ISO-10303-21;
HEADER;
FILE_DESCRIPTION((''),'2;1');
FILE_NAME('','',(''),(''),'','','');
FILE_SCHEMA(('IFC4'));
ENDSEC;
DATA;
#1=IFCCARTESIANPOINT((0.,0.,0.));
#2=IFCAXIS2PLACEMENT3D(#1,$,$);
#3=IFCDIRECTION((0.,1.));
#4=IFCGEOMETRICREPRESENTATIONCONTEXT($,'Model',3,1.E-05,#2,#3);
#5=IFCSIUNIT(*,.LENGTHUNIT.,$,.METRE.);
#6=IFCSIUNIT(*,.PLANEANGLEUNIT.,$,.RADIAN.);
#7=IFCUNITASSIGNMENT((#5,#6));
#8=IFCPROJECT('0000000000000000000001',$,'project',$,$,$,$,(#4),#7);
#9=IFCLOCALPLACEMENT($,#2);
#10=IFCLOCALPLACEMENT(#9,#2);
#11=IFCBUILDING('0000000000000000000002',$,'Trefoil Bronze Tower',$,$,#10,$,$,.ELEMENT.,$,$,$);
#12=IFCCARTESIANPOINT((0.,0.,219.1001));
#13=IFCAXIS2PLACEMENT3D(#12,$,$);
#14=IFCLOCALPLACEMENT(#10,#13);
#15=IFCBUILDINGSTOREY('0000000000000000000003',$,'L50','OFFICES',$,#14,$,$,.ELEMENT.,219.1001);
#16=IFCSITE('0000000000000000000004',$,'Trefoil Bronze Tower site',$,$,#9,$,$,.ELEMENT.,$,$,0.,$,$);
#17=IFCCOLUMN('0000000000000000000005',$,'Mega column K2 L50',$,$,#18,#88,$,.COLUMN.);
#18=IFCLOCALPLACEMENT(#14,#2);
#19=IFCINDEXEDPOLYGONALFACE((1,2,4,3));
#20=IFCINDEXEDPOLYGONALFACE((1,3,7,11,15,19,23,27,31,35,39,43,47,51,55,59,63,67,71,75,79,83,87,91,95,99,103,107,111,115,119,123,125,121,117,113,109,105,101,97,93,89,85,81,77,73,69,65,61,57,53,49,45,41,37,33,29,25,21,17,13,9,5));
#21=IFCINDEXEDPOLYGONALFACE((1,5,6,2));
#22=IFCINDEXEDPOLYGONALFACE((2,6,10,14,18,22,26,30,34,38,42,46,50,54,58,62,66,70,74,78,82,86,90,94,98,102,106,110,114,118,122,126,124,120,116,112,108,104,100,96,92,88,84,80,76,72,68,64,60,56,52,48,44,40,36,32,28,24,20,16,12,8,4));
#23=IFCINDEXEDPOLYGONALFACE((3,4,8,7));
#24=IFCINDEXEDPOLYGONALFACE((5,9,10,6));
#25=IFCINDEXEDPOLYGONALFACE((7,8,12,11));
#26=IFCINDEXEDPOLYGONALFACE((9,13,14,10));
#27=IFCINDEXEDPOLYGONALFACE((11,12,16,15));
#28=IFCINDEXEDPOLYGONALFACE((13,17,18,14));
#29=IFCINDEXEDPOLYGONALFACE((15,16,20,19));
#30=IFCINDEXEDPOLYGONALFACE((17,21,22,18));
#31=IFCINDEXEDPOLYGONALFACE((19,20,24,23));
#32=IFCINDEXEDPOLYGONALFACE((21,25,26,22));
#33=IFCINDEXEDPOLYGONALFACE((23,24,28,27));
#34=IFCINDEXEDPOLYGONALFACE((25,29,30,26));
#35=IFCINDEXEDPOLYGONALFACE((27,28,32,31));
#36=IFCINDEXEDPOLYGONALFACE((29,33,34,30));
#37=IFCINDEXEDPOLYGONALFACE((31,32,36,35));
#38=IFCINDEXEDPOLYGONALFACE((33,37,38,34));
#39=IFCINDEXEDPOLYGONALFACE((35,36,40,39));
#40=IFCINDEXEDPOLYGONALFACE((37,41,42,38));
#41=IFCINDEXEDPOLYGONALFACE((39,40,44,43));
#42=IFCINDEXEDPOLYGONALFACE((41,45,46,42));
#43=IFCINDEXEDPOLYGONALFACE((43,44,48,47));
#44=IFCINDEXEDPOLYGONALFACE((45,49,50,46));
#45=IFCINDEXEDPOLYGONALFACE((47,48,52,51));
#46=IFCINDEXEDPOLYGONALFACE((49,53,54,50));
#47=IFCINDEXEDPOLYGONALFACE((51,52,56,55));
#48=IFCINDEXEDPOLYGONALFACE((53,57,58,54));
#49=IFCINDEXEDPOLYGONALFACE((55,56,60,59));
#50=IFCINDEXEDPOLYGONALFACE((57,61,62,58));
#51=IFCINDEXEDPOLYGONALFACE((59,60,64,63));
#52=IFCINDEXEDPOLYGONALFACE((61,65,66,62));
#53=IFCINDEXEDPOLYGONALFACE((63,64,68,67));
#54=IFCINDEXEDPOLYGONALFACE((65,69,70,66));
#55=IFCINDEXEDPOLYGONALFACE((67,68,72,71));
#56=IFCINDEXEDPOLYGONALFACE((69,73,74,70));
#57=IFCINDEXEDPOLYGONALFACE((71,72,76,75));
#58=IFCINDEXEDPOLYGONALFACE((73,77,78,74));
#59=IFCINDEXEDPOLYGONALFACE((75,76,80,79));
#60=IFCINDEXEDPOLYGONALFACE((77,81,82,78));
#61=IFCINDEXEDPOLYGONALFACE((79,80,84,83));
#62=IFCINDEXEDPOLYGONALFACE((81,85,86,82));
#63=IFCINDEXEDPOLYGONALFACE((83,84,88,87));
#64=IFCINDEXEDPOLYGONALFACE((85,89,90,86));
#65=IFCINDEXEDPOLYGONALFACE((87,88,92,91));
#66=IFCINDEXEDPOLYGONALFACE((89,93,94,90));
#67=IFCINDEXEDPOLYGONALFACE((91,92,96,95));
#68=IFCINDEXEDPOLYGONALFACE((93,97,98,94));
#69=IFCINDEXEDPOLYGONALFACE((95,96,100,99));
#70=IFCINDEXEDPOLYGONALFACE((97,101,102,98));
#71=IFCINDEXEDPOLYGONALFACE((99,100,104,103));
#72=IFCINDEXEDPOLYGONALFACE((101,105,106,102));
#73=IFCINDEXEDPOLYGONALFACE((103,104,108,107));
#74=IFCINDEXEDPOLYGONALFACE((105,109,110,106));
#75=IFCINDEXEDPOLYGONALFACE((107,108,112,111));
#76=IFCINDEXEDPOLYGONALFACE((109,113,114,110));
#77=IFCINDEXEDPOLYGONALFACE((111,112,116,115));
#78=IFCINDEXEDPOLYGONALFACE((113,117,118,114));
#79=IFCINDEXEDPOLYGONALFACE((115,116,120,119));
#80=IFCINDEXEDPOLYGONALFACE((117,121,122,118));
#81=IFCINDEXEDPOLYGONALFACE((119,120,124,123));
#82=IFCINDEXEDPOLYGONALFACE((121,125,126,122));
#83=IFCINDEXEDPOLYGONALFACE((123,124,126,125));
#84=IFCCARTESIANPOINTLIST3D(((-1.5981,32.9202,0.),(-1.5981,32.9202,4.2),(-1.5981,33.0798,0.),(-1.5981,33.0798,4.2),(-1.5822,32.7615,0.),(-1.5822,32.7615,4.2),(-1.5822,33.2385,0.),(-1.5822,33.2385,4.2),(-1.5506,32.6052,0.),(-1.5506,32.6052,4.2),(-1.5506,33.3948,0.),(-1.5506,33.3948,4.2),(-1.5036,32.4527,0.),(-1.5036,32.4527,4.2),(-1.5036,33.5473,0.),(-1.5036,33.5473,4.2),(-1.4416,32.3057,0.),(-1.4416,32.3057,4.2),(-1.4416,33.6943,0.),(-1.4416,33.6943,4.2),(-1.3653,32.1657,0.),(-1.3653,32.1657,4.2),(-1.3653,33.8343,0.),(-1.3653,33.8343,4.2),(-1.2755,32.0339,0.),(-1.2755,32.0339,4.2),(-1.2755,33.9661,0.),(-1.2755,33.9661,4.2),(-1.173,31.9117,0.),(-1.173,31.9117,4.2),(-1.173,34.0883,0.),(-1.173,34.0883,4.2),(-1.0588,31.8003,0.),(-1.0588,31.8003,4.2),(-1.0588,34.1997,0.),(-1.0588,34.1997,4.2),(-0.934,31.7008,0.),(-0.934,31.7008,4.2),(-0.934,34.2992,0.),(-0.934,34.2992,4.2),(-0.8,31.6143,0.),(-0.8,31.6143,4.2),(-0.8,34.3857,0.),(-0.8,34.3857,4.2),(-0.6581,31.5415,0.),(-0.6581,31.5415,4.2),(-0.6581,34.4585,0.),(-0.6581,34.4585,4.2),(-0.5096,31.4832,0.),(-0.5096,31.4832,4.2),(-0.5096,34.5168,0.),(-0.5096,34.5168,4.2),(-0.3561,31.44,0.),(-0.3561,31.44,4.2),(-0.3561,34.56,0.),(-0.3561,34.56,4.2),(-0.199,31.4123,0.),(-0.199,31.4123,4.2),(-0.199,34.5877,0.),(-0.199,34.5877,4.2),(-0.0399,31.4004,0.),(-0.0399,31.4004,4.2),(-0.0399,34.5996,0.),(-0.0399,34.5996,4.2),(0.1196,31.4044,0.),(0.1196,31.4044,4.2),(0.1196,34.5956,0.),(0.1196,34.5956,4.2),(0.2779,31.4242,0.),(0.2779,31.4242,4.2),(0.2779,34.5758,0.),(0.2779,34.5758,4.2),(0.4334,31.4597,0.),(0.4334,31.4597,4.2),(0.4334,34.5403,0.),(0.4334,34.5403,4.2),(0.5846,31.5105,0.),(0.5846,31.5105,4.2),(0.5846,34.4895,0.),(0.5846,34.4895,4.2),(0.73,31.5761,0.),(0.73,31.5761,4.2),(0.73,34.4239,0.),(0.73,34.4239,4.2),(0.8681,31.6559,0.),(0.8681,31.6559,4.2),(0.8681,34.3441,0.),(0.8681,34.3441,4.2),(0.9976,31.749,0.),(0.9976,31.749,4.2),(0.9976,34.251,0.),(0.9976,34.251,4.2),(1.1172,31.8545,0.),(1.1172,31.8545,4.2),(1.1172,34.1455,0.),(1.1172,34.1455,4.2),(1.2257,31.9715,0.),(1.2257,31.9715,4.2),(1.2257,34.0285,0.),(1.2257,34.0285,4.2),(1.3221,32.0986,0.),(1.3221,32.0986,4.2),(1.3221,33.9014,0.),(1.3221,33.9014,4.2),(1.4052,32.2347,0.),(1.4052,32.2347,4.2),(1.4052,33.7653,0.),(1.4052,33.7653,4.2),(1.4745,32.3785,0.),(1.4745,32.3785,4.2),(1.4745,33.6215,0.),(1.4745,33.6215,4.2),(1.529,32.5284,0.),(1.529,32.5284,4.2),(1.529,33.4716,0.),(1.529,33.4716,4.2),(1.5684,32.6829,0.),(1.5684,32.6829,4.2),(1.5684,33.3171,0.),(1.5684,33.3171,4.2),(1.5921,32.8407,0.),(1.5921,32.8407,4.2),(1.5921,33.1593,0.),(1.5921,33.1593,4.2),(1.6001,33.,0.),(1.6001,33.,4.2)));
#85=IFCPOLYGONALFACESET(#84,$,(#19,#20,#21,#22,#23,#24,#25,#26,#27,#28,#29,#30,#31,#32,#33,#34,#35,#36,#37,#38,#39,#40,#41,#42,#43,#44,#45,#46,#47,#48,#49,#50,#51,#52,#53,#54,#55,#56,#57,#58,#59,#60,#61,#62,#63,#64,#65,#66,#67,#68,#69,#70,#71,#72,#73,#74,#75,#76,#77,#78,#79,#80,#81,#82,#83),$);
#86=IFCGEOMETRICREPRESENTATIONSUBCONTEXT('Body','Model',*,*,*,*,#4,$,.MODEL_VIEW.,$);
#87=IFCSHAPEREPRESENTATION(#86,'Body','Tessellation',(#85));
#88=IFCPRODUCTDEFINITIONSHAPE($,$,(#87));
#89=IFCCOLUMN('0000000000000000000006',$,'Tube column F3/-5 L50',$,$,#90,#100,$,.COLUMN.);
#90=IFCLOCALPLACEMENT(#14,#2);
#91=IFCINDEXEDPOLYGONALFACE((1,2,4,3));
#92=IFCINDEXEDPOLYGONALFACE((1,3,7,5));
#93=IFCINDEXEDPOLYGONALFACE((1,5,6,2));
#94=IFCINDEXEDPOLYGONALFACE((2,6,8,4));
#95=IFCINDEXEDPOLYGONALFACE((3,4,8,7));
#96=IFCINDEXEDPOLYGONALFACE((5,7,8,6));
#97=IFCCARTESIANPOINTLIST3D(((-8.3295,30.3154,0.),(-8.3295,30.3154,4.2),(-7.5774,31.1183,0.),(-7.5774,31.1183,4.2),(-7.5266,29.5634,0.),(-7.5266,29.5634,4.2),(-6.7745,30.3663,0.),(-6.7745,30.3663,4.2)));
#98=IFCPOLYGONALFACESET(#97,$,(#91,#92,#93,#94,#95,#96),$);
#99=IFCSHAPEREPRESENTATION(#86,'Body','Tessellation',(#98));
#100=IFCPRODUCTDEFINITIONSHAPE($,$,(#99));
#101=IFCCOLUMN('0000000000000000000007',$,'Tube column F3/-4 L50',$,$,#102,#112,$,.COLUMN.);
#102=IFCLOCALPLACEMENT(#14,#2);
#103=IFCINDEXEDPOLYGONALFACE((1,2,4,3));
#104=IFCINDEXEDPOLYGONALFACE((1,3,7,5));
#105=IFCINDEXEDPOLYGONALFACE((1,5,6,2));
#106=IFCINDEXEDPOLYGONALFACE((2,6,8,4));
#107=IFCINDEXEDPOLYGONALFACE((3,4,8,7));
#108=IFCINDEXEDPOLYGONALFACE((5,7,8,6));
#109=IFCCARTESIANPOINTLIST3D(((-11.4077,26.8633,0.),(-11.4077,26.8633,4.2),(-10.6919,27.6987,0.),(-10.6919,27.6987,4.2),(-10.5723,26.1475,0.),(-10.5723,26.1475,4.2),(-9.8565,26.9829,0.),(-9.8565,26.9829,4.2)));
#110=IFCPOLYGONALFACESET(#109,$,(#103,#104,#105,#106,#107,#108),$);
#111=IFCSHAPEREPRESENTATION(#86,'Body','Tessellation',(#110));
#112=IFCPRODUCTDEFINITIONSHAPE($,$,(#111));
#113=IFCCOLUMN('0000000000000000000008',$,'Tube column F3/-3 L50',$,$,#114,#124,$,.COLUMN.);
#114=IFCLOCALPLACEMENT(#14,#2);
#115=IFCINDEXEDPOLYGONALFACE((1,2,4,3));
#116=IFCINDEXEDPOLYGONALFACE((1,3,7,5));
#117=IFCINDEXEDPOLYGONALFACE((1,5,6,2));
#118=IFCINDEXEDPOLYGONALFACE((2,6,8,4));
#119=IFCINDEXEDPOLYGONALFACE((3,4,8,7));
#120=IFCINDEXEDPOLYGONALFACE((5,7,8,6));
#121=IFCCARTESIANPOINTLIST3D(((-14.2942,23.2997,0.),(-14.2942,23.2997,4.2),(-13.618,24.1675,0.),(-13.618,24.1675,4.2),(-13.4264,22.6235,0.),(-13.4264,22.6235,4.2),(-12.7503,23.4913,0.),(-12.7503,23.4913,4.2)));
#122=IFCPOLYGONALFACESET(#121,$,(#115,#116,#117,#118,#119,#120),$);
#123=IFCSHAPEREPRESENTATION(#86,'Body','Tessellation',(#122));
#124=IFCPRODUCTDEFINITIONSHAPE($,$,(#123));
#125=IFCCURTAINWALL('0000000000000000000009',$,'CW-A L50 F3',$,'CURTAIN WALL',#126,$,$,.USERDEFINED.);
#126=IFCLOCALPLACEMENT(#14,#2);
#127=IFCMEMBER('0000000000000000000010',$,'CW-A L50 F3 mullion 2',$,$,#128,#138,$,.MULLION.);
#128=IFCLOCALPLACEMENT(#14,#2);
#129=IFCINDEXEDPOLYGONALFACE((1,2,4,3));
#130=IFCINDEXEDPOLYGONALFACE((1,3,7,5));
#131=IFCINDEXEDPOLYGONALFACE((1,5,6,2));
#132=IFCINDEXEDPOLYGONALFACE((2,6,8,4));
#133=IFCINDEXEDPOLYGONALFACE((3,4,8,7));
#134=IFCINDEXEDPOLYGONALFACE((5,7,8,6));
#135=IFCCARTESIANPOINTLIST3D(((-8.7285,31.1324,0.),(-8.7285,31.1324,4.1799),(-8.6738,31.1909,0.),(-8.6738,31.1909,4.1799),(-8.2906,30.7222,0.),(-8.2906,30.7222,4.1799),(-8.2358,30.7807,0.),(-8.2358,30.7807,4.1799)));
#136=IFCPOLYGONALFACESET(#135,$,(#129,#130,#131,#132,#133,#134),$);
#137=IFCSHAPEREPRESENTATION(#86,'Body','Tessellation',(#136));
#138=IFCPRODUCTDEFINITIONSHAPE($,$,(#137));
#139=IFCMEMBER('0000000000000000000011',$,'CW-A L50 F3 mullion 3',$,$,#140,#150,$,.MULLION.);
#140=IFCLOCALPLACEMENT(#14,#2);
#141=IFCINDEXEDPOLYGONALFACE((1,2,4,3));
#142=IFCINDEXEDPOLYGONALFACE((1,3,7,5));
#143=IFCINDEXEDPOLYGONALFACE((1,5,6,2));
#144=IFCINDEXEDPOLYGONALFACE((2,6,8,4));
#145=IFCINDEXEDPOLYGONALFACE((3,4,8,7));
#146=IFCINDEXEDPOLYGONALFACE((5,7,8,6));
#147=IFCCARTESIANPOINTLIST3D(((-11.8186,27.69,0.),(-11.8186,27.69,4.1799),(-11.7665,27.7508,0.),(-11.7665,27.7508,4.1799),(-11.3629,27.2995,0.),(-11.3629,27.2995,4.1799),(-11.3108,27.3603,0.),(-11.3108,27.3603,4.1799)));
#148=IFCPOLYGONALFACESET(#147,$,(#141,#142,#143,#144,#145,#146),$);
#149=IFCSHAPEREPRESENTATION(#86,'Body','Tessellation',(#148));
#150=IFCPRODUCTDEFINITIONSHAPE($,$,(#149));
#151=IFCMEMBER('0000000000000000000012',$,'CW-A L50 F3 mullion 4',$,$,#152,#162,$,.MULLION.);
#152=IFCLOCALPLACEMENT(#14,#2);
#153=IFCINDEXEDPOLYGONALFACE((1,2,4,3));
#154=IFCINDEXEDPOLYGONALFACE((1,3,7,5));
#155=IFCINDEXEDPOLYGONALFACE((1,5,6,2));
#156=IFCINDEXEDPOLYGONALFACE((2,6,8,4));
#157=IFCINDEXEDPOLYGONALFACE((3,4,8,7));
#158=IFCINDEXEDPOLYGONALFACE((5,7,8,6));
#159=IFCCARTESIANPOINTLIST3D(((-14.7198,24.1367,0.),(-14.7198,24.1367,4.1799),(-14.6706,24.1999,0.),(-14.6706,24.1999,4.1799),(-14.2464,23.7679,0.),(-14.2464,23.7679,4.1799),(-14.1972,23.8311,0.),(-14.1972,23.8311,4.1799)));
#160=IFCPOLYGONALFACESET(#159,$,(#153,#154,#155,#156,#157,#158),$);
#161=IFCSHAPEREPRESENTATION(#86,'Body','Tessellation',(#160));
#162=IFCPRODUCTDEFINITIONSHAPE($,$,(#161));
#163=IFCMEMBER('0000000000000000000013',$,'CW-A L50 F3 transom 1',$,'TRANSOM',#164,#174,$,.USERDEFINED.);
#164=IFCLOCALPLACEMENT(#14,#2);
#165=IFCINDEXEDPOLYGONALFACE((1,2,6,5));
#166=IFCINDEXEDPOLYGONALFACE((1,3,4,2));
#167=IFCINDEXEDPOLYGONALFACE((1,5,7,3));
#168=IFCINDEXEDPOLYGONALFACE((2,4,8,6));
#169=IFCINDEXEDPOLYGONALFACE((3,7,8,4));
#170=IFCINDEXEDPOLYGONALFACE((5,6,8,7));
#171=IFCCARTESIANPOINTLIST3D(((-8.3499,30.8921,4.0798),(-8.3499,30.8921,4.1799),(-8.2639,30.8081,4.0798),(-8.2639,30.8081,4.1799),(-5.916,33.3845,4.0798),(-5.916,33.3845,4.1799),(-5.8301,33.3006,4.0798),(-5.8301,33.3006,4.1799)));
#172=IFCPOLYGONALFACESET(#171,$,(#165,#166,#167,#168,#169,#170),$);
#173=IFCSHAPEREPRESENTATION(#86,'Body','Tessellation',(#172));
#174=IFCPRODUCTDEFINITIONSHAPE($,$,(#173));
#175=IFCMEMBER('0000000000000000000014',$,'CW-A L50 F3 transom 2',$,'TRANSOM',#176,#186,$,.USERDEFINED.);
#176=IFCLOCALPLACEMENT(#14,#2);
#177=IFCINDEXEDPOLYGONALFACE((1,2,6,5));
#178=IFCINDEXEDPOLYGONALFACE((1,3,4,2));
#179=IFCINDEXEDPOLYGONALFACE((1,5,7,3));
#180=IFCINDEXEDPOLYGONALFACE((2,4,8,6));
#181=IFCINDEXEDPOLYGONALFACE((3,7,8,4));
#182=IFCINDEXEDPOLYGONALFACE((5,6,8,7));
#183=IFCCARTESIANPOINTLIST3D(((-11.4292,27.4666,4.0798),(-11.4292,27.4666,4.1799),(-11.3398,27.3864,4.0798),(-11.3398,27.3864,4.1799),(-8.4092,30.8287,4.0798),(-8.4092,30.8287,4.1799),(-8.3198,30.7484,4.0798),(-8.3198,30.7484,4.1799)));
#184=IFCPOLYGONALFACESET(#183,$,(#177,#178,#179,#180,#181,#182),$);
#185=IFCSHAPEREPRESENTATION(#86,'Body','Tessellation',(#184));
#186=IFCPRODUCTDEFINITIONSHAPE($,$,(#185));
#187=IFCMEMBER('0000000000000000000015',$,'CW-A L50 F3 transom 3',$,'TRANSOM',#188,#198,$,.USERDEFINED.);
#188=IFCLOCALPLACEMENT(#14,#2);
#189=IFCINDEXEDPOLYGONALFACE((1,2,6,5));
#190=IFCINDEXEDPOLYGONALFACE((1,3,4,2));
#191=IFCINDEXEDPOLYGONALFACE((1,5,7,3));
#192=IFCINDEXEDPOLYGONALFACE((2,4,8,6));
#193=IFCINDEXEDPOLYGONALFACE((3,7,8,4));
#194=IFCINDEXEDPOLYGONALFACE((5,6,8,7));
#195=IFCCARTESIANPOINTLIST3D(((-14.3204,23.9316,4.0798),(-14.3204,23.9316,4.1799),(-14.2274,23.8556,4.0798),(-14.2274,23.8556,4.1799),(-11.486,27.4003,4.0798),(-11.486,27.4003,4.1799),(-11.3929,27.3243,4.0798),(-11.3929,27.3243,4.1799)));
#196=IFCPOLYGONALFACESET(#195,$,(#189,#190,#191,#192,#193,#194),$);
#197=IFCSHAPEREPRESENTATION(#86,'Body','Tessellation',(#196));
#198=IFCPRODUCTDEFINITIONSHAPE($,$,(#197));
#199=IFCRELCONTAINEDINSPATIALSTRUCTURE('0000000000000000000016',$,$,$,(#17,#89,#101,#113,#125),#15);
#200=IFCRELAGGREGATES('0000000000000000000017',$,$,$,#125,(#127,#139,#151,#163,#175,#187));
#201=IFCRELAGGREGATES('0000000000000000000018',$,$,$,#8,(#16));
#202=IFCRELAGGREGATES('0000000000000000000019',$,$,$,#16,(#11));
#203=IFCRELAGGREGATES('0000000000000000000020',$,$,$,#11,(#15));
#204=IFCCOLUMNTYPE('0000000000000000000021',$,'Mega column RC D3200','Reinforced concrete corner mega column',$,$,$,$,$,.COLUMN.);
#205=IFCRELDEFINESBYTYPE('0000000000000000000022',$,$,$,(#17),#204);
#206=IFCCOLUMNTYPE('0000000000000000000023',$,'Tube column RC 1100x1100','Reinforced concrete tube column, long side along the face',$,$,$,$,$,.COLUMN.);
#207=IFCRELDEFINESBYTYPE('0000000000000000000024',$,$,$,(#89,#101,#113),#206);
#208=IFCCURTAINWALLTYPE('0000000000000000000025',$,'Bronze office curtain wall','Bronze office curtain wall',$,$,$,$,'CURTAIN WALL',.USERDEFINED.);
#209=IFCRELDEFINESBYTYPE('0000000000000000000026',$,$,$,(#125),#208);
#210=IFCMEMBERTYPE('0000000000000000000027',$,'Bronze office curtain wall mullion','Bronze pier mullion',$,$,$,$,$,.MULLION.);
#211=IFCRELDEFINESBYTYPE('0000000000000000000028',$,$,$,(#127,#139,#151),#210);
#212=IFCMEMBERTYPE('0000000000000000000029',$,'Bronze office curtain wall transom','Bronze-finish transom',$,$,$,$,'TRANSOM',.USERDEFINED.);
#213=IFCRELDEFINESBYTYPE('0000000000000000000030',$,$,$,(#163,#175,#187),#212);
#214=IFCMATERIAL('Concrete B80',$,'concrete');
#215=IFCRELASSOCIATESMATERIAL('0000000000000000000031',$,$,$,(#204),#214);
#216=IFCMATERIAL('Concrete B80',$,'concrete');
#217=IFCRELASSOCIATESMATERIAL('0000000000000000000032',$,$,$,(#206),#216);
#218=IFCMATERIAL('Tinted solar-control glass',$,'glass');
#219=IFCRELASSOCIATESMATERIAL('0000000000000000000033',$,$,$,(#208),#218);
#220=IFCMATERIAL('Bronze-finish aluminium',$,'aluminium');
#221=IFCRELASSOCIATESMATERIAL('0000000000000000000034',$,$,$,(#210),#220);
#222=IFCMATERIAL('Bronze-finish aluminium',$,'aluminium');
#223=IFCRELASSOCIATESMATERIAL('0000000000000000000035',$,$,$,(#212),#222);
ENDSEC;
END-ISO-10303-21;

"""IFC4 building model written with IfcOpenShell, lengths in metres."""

from ifc_helpers import new_model, si_unit, direction, frame, origin, origin_2d, place, context, subcontext, project, spatial, rectangle, circle, extrude, material, material_profile, profile_set, type_object, element, aggregate, save


model = new_model("IFC4")

# Units and contexts
model_context = context("Model", 3, precision=1e-05, world=origin(), true_north=direction((0.0, 1.0)))
body_context = subcontext(model_context, "Body", "Model", "MODEL_VIEW")
ifc_project = project(units=[si_unit("LENGTHUNIT", "METRE"), si_unit("PLANEANGLEUNIT", "RADIAN")], contexts=[model_context])

# Site, building, storey
site_placement = place(None, origin())
site = spatial("IfcSite", under=ifc_project, at=site_placement, Name="Trefoil Bronze Tower site", CompositionType="ELEMENT", RefElevation=0.0)
building_placement = place(site_placement, origin())
building = spatial("IfcBuilding", under=site, at=building_placement, Name="Trefoil Bronze Tower", CompositionType="ELEMENT")
storey_placement = place(building_placement, frame((0.0, 0.0, 219.1001)))
storey = spatial("IfcBuildingStorey", under=building, at=storey_placement, Name="L50", Description="OFFICES", CompositionType="ELEMENT", Elevation=219.1001)

# Columns
ifc_material_1 = material(Name="Concrete B80", Category="concrete")
ifc_material_profile_1 = material_profile(ifc_material_1, circle(Radius=1.6001, at=origin_2d()), Name="RC D3200")
ifc_profile_set_1 = profile_set([ifc_material_profile_1], Name="Concrete B80")
column_type_1 = type_object("IfcColumnType", Name="Mega column RC D3200", Description="Reinforced concrete corner mega column", PredefinedType="COLUMN", material=ifc_profile_set_1)
column_placement = place(storey_placement, frame((0.0, 33.0, 0.0), z_axis=(0.0, 0.0, 1.0), x_axis=(1.0, 0.0, 0.0)))
element("IfcColumn", 1, at=column_placement, inside=storey, type_object=column_type_1, Name="Mega column K2 L50", PredefinedType="COLUMN", context=body_context, shape_type="SweptSolid", body=[
    extrude(circle(Radius=1.6001, at=origin_2d()), origin(), (0.0, 0.0, 1.0), 4.2),
])
ifc_material_2 = material(Name="Concrete B80", Category="concrete")
ifc_material_profile_2 = material_profile(ifc_material_2, rectangle(XDim=1.1001, YDim=1.1001, at=origin_2d()), Name="RC 1100x1100")
ifc_profile_set_2 = profile_set([ifc_material_profile_2], Name="Concrete B80")
column_type_2 = type_object("IfcColumnType", Name="Tube column RC 1100x1100", Description="Reinforced concrete tube column, long side along the face", PredefinedType="COLUMN", material=ifc_profile_set_2)
for number, where, z_axis, x_axis, name in (
    (2, (-7.552, 30.3408, 0.0), (0.0, 0.0, 1.0), (-0.683597, -0.72986, 0.0), "Tube column F3/-5 L50"),
    (3, (-10.6321, 26.9231, 0.0), (0.0, 0.0, 1.0), (-0.650677, -0.759355, 0.0), "Tube column F3/-4 L50"),
    (4, (-13.5222, 23.3955, 0.0), (0.0, 0.0, 1.0), (-0.614622, -0.788821, 0.0), "Tube column F3/-3 L50"),
):
    element("IfcColumn", number, at=place(storey_placement, frame(where, z_axis=z_axis, x_axis=x_axis)), inside=storey, type_object=column_type_2, Name=name, PredefinedType="COLUMN", context=body_context, shape_type="SweptSolid", body=[
        extrude(rectangle(XDim=1.1001, YDim=1.1001, at=origin_2d()), origin(), (0.0, 0.0, 1.0), 4.2),
    ])

# Curtain wall, members
ifc_material_3 = material(Name="Tinted solar-control glass", Category="glass")
curtain_wall_type_1 = type_object("IfcCurtainWallType", Name="Bronze office curtain wall", Description="Bronze office curtain wall", ElementType="CURTAIN WALL", PredefinedType="USERDEFINED", material=ifc_material_3)
curtain_wall_1_placement = place(storey_placement, origin())
curtain_wall_1 = element("IfcCurtainWall", 5, at=curtain_wall_1_placement, inside=storey, type_object=curtain_wall_type_1, Name="CW-A L50 F3", ObjectType="CURTAIN WALL", PredefinedType="USERDEFINED")
ifc_material_4 = material(Name="Bronze-finish aluminium", Category="aluminium")
ifc_material_profile_3 = material_profile(ifc_material_4, rectangle(XDim=0.6001, YDim=0.0801, at=origin_2d()), Name="CW-A mullion")
ifc_profile_set_3 = profile_set([ifc_material_profile_3], Name="Bronze-finish aluminium")
member_type_1 = type_object("IfcMemberType", Name="Bronze office curtain wall mullion", Description="Bronze pier mullion", PredefinedType="MULLION", material=ifc_profile_set_3)
member_1_placement = place(storey_placement, frame((-8.4822, 30.9565, 0.0), z_axis=(0.0, 0.0, 1.0), x_axis=(0.72986, -0.683597, 0.0)))
member_1 = element("IfcMember", 6, at=member_1_placement, type_object=member_type_1, Name="CW-A L50 F3 mullion 2", PredefinedType="MULLION", context=body_context, shape_type="SweptSolid", body=[
    extrude(rectangle(XDim=0.6001, YDim=0.0801, at=origin_2d()), origin(), (0.0, 0.0, 1.0), 4.1799),
])
member_2_placement = place(storey_placement, frame((-11.5647, 27.5251, 0.0), z_axis=(0.0, 0.0, 1.0), x_axis=(0.759355, -0.650677, 0.0)))
member_2 = element("IfcMember", 7, at=member_2_placement, type_object=member_type_1, Name="CW-A L50 F3 mullion 3", PredefinedType="MULLION", context=body_context, shape_type="SweptSolid", body=[
    extrude(rectangle(XDim=0.6001, YDim=0.0801, at=origin_2d()), origin(), (0.0, 0.0, 1.0), 4.1799),
])
member_3_placement = place(storey_placement, frame((-14.4585, 23.9839, 0.0), z_axis=(0.0, 0.0, 1.0), x_axis=(0.788821, -0.614622, 0.0)))
member_3 = element("IfcMember", 8, at=member_3_placement, type_object=member_type_1, Name="CW-A L50 F3 mullion 4", PredefinedType="MULLION", context=body_context, shape_type="SweptSolid", body=[
    extrude(rectangle(XDim=0.6001, YDim=0.0801, at=origin_2d()), origin(), (0.0, 0.0, 1.0), 4.1799),
])
ifc_material_5 = material(Name="Bronze-finish aluminium", Category="aluminium")
ifc_material_profile_4 = material_profile(ifc_material_5, rectangle(XDim=0.1201, YDim=0.1001, at=origin_2d()), Name="CW-A transom")
ifc_profile_set_4 = profile_set([ifc_material_profile_4], Name="Bronze-finish aluminium")
member_type_2 = type_object("IfcMemberType", Name="Bronze office curtain wall transom", Description="Bronze-finish transom", ElementType="TRANSOM", PredefinedType="USERDEFINED", material=ifc_profile_set_4)
member_4_placement = place(storey_placement, frame((-5.873, 33.3425, 4.1299), z_axis=(-0.698647, -0.715467, 0.0), x_axis=(0.715467, -0.698647, 0.0)))
member_4 = element("IfcMember", 9, at=member_4_placement, type_object=member_type_2, Name="CW-A L50 F3 transom 1", ObjectType="TRANSOM", PredefinedType="USERDEFINED", context=body_context, shape_type="SweptSolid", body=[
    extrude(rectangle(XDim=0.1201, YDim=0.1001, at=origin_2d()), origin(), (0.0, 0.0, 1.0), 3.4836),
])
member_5_placement = place(storey_placement, frame((-8.3645, 30.7886, 4.1299), z_axis=(-0.668251, -0.743936, 0.0), x_axis=(0.743936, -0.668251, 0.0)))
member_5 = element("IfcMember", 10, at=member_5_placement, type_object=member_type_2, Name="CW-A L50 F3 transom 2", ObjectType="TRANSOM", PredefinedType="USERDEFINED", context=body_context, shape_type="SweptSolid", body=[
    extrude(rectangle(XDim=0.1201, YDim=0.1001, at=origin_2d()), origin(), (0.0, 0.0, 1.0), 4.5193),
])
member_6_placement = place(storey_placement, frame((-11.4395, 27.3623, 4.1299), z_axis=(-0.632757, -0.774351, 0.0), x_axis=(0.774351, -0.632757, 0.0)))
member_6 = element("IfcMember", 11, at=member_6_placement, type_object=member_type_2, Name="CW-A L50 F3 transom 3", ObjectType="TRANSOM", PredefinedType="USERDEFINED", context=body_context, shape_type="SweptSolid", body=[
    extrude(rectangle(XDim=0.1201, YDim=0.1001, at=origin_2d()), origin(), (0.0, 0.0, 1.0), 4.4795),
])

aggregate(curtain_wall_1, [member_1, member_2, member_3, member_4, member_5, member_6])

save(model, "model.ifc")
